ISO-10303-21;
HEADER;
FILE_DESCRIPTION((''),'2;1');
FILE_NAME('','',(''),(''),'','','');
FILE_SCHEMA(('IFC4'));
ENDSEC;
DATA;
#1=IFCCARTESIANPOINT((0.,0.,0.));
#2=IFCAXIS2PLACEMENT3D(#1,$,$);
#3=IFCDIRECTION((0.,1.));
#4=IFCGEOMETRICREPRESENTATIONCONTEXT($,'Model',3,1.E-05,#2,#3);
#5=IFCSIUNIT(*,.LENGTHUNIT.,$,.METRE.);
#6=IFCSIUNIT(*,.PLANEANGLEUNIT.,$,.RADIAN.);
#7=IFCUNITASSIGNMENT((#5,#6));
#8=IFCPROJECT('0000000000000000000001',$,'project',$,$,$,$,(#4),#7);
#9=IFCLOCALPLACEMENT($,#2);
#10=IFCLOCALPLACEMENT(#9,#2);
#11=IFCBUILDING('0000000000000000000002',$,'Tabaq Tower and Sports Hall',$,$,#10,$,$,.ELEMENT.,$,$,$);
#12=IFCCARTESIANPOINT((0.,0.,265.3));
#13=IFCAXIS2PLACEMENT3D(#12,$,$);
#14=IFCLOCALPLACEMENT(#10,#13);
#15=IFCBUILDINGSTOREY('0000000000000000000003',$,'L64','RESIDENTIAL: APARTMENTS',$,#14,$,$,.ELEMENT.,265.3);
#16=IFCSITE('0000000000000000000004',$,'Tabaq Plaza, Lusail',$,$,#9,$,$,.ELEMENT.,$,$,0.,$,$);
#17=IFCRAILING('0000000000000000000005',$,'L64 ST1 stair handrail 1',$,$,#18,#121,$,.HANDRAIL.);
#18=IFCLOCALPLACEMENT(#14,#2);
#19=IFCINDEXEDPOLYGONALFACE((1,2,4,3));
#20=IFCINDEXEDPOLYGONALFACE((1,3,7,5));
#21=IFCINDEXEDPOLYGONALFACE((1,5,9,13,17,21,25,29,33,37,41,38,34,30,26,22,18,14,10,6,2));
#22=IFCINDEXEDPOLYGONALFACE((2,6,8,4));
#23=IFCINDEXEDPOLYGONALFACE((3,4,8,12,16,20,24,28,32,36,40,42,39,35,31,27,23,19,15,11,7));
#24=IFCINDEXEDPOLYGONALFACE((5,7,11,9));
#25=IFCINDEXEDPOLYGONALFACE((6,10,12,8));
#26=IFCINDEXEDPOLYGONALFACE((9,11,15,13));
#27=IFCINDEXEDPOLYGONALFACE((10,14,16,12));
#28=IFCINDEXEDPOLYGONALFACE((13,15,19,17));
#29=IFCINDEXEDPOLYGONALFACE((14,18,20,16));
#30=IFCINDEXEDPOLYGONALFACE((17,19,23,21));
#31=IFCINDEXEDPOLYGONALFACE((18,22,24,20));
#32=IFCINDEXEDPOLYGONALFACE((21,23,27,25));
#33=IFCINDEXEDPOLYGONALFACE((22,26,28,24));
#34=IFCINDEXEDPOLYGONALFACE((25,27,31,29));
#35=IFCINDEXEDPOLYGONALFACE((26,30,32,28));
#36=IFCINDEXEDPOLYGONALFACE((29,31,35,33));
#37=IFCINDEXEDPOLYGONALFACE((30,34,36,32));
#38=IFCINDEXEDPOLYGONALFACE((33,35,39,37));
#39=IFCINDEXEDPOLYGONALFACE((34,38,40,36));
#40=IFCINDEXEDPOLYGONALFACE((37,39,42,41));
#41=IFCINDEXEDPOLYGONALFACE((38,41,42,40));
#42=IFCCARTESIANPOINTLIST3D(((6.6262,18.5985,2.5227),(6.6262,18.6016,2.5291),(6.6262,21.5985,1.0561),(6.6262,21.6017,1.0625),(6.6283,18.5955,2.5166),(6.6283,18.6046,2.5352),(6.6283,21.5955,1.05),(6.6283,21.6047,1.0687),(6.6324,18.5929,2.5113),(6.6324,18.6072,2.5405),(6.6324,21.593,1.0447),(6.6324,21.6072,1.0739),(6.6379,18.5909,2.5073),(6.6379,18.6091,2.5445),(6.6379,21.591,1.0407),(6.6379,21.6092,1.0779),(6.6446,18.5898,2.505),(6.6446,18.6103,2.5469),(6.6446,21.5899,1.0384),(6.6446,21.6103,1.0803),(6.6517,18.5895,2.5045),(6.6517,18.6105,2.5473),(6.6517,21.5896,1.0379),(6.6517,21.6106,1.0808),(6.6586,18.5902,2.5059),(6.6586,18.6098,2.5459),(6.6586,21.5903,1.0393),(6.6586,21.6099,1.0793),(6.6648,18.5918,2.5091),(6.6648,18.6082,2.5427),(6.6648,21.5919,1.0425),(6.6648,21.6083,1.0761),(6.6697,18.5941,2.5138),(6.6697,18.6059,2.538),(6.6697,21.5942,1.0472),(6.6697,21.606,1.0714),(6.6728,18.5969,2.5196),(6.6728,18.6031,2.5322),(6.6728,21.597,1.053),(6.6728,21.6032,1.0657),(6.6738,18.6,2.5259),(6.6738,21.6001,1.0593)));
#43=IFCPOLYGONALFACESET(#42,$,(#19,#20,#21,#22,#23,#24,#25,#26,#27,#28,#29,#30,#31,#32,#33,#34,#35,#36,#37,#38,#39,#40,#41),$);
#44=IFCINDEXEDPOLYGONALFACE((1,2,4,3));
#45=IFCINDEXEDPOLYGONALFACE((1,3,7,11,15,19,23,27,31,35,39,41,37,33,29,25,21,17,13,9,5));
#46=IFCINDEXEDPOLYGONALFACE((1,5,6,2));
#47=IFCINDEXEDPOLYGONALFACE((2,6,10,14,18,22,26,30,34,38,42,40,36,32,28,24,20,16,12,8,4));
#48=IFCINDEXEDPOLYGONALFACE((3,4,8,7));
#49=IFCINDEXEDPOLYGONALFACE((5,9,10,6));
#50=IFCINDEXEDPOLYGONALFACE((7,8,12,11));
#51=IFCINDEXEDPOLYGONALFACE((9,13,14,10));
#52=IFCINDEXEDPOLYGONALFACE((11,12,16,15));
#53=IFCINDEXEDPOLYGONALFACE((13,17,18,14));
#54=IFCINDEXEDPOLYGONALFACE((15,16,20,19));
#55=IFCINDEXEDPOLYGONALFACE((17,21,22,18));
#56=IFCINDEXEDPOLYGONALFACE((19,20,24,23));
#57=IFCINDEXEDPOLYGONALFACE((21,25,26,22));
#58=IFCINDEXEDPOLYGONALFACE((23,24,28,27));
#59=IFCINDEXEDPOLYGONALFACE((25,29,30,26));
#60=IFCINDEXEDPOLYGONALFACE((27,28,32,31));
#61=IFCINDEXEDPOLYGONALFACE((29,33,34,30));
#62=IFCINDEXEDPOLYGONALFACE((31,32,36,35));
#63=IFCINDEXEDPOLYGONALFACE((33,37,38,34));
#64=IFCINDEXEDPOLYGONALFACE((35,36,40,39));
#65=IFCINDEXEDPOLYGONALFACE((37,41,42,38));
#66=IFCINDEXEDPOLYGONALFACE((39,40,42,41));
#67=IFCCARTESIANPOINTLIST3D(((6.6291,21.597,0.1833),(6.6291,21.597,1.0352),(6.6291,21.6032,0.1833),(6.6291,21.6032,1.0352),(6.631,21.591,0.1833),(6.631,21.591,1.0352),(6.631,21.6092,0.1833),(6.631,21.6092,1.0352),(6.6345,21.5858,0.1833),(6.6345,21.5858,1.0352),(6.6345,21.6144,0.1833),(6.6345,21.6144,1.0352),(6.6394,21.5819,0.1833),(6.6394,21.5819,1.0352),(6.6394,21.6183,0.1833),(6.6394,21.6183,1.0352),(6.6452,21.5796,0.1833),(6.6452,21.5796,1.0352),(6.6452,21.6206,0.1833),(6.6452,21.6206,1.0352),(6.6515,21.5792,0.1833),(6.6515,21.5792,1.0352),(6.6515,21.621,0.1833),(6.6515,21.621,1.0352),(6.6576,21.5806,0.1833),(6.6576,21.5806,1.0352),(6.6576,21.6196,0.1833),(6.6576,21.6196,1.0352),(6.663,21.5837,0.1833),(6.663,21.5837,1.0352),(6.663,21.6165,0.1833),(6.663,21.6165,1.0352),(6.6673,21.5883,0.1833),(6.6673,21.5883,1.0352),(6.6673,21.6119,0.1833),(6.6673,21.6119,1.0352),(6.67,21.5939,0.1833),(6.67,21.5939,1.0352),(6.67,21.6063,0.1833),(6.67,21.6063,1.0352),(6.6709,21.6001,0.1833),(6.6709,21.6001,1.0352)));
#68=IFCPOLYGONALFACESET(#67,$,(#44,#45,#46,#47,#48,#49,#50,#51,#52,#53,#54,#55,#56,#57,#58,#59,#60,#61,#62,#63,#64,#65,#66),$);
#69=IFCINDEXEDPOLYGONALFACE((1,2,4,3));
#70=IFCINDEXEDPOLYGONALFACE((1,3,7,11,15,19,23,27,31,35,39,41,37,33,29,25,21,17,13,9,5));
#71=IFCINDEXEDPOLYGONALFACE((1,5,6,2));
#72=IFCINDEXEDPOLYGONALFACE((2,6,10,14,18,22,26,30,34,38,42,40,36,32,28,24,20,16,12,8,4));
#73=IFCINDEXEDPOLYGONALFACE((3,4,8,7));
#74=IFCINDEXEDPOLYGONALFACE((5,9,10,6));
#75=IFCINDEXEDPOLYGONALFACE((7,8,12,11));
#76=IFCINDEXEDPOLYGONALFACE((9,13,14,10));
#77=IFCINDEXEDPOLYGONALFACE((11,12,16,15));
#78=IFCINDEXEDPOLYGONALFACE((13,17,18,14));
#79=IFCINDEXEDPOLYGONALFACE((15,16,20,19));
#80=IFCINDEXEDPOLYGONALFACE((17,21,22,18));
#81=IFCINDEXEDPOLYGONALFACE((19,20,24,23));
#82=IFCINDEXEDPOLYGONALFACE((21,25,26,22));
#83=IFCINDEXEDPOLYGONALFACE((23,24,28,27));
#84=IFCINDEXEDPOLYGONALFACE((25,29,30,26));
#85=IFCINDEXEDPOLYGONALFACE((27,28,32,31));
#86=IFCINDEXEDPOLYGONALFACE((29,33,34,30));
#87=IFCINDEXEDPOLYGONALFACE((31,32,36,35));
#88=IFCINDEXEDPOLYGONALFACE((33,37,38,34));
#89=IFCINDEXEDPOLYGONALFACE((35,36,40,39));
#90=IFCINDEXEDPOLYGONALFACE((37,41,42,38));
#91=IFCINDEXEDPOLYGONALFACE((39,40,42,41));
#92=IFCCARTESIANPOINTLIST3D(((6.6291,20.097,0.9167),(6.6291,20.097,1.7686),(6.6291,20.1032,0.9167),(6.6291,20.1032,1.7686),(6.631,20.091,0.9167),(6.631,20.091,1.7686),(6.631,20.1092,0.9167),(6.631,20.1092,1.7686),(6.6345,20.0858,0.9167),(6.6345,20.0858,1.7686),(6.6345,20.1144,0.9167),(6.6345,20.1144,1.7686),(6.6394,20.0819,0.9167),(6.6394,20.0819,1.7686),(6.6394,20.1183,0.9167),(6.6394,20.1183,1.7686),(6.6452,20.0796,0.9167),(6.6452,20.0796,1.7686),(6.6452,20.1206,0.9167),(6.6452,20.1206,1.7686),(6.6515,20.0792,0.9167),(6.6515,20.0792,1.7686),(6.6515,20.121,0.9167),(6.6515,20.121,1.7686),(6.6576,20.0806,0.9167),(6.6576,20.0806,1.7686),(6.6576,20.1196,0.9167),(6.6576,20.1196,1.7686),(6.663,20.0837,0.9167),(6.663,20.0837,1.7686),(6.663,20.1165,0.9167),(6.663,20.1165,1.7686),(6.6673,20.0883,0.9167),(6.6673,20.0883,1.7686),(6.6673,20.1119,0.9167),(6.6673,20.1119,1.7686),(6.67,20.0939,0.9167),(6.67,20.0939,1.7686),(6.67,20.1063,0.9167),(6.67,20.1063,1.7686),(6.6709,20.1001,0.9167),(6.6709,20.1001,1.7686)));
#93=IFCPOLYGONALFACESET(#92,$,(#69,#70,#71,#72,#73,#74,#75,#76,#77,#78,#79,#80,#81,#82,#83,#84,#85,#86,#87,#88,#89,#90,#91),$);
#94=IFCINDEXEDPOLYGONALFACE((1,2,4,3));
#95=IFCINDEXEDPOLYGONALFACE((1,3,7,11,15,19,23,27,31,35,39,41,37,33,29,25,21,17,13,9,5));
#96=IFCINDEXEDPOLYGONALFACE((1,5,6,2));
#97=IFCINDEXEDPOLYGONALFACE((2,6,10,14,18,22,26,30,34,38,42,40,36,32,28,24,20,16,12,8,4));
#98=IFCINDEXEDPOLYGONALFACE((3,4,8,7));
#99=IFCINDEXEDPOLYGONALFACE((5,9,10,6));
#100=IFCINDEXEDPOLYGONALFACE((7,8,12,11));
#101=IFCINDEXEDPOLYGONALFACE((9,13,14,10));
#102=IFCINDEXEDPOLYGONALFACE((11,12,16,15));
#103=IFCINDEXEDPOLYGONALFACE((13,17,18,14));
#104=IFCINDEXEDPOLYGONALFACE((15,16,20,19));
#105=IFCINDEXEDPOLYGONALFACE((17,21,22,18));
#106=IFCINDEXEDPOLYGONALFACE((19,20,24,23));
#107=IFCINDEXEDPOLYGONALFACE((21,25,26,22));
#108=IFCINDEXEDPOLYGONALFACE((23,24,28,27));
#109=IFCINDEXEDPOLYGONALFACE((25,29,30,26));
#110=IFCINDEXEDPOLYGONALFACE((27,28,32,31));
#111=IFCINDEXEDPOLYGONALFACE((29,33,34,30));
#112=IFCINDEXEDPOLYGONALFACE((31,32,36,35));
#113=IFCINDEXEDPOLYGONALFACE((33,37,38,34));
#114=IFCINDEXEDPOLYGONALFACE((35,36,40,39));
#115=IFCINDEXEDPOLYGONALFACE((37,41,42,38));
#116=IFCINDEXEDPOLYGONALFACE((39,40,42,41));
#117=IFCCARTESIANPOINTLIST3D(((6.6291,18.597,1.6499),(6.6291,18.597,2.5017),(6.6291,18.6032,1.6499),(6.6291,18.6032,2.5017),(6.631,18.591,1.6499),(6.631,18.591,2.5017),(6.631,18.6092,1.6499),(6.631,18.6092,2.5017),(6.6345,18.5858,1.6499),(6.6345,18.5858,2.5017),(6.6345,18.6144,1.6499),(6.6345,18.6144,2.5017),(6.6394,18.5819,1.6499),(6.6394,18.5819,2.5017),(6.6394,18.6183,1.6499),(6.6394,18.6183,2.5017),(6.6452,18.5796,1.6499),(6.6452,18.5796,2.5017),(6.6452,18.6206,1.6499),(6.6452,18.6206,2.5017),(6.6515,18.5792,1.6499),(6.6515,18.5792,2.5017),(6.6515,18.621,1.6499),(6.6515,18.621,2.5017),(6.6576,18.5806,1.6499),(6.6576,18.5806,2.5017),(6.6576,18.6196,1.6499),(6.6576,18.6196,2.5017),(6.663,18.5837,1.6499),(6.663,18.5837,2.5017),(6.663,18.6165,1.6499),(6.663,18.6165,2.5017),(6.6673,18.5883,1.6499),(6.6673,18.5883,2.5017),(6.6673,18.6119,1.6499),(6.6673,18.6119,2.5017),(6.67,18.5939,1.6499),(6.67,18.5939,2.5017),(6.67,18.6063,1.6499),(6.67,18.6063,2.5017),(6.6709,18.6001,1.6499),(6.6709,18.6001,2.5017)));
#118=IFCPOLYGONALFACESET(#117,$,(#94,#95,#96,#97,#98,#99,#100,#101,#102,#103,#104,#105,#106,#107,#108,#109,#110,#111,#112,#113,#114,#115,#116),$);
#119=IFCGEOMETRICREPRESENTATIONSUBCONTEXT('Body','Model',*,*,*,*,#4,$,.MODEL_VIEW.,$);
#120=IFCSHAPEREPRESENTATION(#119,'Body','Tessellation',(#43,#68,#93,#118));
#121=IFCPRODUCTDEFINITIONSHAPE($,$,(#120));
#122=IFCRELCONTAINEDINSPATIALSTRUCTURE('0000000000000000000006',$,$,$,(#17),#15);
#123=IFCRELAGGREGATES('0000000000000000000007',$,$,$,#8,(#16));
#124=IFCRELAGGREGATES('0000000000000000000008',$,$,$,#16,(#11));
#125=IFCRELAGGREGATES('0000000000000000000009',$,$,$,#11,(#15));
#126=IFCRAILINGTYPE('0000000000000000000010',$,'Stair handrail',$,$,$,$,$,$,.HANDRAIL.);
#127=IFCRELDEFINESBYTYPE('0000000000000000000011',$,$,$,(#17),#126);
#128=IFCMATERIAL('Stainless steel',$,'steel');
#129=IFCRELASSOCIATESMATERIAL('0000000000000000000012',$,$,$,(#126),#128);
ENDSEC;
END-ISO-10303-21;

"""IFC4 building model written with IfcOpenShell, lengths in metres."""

from ifc_helpers import new_model, si_unit, direction, frame, origin, origin_2d, place, context, subcontext, project, spatial, circle, extrude, material, type_object, element, save


model = new_model("IFC4")

# Units and contexts
model_context = context("Model", 3, precision=1e-05, world=origin(), true_north=direction((0.0, 1.0)))
body_context = subcontext(model_context, "Body", "Model", "MODEL_VIEW")
ifc_project = project(units=[si_unit("LENGTHUNIT", "METRE"), si_unit("PLANEANGLEUNIT", "RADIAN")], contexts=[model_context])

# Site, building, storey
site_placement = place(None, origin())
site = spatial("IfcSite", under=ifc_project, at=site_placement, Name="Tabaq Plaza, Lusail", CompositionType="ELEMENT", RefElevation=0.0)
building_placement = place(site_placement, origin())
building = spatial("IfcBuilding", under=site, at=building_placement, Name="Tabaq Tower and Sports Hall", CompositionType="ELEMENT")
storey_placement = place(building_placement, frame((0.0, 0.0, 265.3)))
storey = spatial("IfcBuildingStorey", under=building, at=storey_placement, Name="L64", Description="RESIDENTIAL: APARTMENTS", CompositionType="ELEMENT", Elevation=265.3)

# Railing
ifc_material_1 = material(Name="Stainless steel", Category="steel")
railing_type_1 = type_object("IfcRailingType", Name="Stair handrail", PredefinedType="HANDRAIL", material=ifc_material_1)
railing_1_placement = place(storey_placement, frame((6.6499, 21.6001, 0.1833)))
element("IfcRailing", 1, at=railing_1_placement, inside=storey, type_object=railing_type_1, Name="L64 ST1 stair handrail 1", PredefinedType="HANDRAIL", context=body_context, shape_type="SweptSolid", body=[
    extrude(circle(Radius=0.0239, at=origin_2d()), frame((0.0, 0.0, 0.876), z_axis=(0.0, -0.898398, 0.439183), x_axis=(1.0, 0.0, 0.0)), (0.0, 0.0, 1.0), 3.3394),
    extrude(circle(Radius=0.021, at=origin_2d()), origin(), (0.0, 0.0, 1.0), 0.8518),
    extrude(circle(Radius=0.021, at=origin_2d()), frame((0.0, -1.5, 0.7334)), (0.0, 0.0, 1.0), 0.8518),
    extrude(circle(Radius=0.021, at=origin_2d()), frame((0.0, -3.0, 1.4666)), (0.0, 0.0, 1.0), 0.8518),
])

save(model, "model.ifc")
